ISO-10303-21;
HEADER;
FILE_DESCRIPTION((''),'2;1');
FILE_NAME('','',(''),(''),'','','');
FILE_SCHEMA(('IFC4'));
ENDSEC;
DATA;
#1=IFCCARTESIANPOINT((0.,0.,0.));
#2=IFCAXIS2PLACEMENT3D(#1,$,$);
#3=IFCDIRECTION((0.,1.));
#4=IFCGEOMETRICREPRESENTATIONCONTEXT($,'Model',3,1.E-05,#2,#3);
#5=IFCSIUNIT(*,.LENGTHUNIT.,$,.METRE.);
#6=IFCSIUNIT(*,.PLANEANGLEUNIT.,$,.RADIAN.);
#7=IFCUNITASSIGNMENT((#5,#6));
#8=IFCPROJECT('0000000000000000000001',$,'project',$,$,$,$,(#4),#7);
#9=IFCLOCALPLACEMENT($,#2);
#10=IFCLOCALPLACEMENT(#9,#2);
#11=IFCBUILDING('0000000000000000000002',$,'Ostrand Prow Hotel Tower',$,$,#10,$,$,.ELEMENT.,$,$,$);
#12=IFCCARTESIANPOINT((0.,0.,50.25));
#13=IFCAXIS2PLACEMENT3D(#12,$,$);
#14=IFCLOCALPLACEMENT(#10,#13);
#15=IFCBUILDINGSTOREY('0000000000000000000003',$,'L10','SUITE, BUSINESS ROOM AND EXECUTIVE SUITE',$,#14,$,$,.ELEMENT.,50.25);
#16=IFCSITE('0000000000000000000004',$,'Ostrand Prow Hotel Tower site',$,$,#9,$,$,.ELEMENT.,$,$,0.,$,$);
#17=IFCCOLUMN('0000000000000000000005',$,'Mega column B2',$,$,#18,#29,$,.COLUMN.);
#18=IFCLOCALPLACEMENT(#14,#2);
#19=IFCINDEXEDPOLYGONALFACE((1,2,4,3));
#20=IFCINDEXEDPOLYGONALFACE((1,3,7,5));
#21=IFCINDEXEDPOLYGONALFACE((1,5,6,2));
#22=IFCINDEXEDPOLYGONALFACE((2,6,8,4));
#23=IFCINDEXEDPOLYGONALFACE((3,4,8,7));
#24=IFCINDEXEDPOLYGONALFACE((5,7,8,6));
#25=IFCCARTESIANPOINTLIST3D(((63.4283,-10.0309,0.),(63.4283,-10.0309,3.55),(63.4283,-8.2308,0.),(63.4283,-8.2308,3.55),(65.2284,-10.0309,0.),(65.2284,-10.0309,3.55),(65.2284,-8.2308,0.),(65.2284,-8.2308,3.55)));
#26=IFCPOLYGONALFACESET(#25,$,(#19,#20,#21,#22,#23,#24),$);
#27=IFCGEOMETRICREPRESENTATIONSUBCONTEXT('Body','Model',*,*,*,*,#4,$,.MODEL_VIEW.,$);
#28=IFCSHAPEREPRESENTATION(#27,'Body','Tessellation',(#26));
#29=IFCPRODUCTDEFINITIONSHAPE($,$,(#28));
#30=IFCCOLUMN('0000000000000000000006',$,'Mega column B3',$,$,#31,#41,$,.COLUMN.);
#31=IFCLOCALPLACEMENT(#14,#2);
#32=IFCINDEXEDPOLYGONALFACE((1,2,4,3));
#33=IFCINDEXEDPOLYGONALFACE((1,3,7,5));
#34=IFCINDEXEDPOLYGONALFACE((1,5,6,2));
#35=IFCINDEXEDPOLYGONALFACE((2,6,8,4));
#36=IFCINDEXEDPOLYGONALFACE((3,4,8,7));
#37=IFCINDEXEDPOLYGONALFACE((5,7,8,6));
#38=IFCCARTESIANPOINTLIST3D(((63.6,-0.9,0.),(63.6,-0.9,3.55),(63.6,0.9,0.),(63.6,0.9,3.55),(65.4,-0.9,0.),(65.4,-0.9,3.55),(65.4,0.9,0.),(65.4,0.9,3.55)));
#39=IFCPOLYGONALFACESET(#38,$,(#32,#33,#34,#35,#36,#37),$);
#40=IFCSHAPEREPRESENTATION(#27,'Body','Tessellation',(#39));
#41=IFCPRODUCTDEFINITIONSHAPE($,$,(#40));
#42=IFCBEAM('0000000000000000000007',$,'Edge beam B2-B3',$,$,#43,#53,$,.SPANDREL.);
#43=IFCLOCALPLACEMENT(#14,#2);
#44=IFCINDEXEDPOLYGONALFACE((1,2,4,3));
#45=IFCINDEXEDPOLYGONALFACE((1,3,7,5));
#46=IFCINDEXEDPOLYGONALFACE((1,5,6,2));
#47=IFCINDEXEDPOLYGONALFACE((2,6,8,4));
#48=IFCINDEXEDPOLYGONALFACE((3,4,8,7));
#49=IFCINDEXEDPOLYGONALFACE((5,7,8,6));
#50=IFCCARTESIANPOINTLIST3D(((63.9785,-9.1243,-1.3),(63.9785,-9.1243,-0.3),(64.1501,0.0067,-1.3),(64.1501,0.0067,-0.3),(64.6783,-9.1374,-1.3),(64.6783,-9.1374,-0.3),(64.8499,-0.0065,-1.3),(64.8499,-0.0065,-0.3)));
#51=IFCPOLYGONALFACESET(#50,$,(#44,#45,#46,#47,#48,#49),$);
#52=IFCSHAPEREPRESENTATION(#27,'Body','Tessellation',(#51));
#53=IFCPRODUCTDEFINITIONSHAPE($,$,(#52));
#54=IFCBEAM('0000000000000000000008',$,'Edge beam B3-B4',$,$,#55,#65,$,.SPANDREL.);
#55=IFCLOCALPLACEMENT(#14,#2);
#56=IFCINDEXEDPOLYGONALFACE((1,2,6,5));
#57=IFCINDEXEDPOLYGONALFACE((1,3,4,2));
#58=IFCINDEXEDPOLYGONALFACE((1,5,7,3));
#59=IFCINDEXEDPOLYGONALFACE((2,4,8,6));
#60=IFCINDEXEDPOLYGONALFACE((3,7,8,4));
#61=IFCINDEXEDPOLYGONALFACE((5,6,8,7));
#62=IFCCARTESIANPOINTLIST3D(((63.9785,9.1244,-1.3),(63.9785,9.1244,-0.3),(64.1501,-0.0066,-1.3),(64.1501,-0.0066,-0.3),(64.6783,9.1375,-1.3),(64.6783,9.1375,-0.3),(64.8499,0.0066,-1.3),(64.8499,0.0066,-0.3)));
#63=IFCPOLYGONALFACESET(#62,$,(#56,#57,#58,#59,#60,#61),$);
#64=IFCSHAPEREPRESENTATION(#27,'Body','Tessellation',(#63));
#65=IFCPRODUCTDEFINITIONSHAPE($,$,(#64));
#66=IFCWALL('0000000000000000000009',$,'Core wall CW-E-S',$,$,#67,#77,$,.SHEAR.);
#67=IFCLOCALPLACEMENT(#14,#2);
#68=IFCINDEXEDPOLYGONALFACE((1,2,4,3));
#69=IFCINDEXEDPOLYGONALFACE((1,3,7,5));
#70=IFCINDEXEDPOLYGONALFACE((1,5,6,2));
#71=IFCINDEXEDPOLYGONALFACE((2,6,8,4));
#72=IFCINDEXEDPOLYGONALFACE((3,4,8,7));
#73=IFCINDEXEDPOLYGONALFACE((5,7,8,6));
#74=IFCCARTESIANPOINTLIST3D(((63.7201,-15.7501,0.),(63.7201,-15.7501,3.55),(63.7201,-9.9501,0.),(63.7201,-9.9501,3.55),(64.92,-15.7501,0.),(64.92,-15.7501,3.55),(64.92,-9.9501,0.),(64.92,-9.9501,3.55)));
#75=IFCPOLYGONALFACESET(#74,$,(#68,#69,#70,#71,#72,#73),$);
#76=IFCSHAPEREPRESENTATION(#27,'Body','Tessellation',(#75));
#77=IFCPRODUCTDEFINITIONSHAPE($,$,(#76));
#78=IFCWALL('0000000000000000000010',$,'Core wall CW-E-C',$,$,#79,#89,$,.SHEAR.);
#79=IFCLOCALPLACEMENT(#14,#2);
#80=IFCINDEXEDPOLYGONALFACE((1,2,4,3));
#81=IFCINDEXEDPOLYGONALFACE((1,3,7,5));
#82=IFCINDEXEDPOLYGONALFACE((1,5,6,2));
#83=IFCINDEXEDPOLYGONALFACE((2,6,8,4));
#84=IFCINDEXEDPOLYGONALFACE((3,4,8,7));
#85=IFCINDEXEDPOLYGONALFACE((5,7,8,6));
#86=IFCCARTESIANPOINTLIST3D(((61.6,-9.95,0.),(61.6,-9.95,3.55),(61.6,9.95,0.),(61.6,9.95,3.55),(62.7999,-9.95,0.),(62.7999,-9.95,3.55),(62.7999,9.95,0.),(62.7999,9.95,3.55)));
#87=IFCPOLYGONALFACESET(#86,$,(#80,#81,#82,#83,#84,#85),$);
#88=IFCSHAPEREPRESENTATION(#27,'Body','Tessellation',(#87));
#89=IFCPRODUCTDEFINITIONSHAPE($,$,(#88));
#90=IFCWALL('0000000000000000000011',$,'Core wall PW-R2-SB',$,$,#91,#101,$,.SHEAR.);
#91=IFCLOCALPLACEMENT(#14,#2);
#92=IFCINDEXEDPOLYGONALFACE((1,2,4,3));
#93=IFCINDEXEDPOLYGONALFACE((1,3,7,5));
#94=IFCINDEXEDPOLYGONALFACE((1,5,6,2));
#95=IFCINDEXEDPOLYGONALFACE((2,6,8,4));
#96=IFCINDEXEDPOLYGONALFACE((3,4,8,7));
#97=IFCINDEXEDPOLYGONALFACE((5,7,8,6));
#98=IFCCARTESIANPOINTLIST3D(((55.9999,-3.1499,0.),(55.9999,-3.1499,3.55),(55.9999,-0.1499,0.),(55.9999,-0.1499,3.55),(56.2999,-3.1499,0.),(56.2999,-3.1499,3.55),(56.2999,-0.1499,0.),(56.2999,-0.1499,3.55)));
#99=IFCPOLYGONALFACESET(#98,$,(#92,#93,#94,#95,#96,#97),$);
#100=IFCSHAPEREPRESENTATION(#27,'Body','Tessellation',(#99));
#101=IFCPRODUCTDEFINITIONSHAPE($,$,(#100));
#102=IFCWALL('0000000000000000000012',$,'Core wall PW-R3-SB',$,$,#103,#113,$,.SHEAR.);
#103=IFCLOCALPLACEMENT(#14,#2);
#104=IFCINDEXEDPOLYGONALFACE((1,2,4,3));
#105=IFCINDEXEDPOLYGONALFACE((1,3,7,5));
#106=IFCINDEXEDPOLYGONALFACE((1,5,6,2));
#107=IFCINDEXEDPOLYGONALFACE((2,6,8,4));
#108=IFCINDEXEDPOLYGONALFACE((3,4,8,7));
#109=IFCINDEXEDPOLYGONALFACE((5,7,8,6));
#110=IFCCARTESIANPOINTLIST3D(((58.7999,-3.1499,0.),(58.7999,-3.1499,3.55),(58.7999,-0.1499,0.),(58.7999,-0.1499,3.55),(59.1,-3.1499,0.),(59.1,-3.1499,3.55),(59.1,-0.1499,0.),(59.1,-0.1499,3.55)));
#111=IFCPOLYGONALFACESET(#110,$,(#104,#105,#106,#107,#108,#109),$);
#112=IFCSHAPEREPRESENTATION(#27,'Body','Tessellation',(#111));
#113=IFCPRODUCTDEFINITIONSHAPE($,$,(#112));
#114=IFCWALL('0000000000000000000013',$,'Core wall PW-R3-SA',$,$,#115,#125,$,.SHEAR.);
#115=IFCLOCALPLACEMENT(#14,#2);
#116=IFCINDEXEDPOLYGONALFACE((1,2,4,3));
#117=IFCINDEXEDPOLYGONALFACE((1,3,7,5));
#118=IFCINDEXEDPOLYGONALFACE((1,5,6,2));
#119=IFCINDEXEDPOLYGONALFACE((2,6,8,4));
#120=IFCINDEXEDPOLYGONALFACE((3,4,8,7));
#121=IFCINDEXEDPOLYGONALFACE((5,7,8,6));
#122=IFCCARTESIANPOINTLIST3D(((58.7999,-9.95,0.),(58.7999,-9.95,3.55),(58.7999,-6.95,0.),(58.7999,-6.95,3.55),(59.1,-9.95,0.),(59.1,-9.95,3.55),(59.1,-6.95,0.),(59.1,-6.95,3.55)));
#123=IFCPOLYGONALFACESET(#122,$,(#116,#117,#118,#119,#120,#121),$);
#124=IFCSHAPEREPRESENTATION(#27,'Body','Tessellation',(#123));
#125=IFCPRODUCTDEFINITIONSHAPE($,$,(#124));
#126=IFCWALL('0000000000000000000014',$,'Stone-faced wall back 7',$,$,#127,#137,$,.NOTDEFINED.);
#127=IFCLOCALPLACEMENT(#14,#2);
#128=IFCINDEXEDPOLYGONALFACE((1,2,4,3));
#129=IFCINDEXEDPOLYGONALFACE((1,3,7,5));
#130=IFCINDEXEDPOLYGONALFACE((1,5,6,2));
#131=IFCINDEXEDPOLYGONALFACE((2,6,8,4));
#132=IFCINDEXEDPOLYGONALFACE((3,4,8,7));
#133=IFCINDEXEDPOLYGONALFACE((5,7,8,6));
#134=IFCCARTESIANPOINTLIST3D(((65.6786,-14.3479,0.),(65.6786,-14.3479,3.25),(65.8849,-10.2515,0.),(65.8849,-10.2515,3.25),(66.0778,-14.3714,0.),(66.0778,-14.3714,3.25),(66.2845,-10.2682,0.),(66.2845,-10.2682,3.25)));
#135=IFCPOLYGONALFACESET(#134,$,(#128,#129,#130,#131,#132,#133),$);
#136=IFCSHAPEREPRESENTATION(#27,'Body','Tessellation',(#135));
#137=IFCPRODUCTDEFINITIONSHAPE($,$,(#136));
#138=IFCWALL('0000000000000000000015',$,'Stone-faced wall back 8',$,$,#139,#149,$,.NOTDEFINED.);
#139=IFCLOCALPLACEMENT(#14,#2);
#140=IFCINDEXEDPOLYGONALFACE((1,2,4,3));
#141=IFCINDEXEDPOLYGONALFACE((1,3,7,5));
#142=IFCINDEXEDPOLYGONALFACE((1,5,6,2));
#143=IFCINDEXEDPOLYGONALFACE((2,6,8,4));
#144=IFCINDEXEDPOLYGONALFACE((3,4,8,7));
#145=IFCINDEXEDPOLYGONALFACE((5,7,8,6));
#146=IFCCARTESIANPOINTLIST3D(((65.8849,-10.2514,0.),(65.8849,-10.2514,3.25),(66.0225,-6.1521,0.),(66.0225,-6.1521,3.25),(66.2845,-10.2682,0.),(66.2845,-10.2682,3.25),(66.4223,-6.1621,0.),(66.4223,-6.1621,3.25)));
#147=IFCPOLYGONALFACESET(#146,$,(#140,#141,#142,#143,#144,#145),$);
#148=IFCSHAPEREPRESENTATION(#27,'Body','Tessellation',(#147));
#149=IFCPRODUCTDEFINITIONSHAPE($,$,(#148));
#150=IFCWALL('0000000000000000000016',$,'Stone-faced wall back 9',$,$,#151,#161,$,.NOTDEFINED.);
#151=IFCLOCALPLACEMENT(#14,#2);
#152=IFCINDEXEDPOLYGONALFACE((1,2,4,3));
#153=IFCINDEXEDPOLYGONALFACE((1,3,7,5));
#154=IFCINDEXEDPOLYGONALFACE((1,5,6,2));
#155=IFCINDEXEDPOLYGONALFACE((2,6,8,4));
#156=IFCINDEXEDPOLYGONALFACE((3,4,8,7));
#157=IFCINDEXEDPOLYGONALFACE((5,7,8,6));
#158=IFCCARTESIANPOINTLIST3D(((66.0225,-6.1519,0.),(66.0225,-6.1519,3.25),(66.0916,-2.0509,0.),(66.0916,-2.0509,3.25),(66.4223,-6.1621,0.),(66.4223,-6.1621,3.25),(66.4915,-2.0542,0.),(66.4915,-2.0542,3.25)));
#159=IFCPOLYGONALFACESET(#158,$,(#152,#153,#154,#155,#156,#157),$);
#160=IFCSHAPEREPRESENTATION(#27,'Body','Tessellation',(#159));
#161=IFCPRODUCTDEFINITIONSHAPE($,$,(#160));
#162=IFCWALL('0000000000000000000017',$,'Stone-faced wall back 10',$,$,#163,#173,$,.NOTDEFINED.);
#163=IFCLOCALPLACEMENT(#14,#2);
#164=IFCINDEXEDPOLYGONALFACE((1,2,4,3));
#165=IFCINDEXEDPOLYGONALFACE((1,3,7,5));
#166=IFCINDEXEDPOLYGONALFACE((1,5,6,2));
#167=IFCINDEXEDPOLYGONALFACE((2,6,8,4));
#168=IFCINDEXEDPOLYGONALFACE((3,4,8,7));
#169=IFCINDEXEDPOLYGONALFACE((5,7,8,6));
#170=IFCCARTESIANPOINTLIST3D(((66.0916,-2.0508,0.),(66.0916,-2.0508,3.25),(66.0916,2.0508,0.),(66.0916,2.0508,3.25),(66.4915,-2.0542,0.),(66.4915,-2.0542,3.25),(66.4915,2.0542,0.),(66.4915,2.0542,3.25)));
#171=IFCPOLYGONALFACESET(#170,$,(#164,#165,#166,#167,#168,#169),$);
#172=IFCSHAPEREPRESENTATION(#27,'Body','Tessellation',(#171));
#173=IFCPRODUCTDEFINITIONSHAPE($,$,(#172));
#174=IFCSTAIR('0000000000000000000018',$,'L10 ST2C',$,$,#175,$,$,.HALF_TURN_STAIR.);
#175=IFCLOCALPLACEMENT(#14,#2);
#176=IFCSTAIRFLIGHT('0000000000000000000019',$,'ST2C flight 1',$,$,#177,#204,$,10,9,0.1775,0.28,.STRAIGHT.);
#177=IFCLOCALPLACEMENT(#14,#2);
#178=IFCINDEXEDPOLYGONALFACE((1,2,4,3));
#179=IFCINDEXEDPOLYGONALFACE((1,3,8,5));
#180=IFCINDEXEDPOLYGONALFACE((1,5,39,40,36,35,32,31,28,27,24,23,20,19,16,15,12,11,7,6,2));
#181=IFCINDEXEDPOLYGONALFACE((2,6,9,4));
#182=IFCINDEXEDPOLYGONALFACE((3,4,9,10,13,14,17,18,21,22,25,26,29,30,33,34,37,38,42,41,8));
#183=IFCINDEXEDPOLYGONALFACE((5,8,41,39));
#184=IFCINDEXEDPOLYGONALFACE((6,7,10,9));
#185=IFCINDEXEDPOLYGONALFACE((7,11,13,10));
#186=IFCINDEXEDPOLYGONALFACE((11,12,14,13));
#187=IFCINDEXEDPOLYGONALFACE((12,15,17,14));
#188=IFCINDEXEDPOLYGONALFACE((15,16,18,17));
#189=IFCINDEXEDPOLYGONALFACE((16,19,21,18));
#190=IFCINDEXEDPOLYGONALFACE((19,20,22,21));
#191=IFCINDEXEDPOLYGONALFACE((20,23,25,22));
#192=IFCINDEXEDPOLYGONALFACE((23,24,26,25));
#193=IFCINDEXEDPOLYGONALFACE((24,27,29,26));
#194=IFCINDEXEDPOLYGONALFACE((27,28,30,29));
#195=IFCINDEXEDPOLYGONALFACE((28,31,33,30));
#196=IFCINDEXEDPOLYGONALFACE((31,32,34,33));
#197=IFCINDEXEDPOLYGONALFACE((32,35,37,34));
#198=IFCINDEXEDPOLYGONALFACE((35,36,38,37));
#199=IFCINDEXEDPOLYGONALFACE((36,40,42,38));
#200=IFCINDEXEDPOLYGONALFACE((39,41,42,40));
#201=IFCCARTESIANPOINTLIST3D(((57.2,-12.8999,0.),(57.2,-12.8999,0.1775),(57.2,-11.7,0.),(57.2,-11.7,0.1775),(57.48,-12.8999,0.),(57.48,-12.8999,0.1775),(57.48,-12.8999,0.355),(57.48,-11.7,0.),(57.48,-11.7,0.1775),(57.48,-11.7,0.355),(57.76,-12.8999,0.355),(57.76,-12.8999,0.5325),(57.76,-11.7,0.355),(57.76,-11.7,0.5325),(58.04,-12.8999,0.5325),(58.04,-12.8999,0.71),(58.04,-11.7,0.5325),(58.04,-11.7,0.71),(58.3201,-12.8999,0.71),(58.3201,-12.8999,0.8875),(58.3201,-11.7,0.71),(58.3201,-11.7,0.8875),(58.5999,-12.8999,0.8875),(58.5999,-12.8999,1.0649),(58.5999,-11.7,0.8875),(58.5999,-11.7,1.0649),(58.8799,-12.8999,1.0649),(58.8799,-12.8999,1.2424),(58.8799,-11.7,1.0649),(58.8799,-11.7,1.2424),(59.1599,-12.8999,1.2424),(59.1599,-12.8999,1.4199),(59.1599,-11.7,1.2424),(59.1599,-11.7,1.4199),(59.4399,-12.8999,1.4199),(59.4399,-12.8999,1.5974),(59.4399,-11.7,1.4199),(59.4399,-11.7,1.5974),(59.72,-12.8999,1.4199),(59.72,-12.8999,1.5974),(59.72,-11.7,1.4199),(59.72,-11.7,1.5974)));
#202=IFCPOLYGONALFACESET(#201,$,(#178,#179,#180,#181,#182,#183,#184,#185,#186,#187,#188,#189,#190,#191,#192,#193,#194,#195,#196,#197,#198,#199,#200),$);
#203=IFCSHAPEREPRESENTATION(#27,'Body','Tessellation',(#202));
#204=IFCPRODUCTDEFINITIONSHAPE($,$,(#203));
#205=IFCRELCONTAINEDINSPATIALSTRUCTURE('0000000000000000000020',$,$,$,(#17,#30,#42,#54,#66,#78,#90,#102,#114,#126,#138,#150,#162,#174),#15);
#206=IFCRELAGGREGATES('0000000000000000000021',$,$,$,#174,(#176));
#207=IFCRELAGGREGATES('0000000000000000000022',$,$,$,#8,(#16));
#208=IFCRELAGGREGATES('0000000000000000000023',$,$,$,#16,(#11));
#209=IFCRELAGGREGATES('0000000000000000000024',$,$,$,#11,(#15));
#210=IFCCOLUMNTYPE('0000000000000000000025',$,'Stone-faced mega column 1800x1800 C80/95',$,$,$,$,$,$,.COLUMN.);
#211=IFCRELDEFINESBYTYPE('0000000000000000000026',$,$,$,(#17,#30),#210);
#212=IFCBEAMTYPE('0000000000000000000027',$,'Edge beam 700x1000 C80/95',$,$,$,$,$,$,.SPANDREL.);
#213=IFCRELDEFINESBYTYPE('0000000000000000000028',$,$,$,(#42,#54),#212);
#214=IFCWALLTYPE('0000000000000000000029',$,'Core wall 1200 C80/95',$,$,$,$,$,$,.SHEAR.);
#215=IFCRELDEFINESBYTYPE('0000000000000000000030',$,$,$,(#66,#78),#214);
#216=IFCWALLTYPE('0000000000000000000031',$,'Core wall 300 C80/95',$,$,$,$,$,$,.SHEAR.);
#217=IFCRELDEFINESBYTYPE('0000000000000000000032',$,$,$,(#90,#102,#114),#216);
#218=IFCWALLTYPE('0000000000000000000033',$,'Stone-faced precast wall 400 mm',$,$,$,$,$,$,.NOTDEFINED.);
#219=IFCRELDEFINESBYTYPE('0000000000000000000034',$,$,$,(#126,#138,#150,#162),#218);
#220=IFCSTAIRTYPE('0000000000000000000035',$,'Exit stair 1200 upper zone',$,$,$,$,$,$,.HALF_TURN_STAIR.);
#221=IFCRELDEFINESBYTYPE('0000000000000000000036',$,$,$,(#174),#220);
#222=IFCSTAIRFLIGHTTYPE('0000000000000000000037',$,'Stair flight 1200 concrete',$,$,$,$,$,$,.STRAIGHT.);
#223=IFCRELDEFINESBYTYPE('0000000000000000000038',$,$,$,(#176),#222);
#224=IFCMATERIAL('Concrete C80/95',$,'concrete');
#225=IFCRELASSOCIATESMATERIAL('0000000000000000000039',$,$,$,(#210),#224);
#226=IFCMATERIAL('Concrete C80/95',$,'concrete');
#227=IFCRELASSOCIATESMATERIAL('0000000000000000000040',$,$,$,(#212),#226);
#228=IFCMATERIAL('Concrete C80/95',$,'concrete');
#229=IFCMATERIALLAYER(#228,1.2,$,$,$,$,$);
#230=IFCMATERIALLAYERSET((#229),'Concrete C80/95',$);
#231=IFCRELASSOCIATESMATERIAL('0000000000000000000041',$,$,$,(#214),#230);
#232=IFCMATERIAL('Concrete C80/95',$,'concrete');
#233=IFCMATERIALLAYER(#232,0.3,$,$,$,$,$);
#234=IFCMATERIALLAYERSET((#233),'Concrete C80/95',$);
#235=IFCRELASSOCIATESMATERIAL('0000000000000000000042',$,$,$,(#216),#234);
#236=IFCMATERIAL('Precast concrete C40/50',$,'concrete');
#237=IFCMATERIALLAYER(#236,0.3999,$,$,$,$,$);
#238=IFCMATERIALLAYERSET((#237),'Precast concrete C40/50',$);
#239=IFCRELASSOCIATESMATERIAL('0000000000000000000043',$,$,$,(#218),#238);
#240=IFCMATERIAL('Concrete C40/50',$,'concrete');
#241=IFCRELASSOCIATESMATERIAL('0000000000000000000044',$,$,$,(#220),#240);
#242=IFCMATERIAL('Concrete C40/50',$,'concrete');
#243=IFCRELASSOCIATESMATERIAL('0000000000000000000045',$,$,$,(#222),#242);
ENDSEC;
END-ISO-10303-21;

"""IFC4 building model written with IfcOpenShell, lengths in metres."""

from ifc_helpers import new_model, si_unit, direction, frame, frame_2d, origin, origin_2d, place, context, subcontext, project, spatial, polyline, rectangle, outline, extrude, material, layer, layer_set, material_profile, profile_set, type_object, element, aggregate, save


model = new_model("IFC4")

# Units and contexts
model_context = context("Model", 3, precision=1e-05, world=origin(), true_north=direction((0.0, 1.0)))
body_context = subcontext(model_context, "Body", "Model", "MODEL_VIEW")
ifc_project = project(units=[si_unit("LENGTHUNIT", "METRE"), si_unit("PLANEANGLEUNIT", "RADIAN")], contexts=[model_context])

# Site, building, storey
site_placement = place(None, origin())
site = spatial("IfcSite", under=ifc_project, at=site_placement, Name="Ostrand Prow Hotel Tower site", CompositionType="ELEMENT", RefElevation=0.0)
building_placement = place(site_placement, origin())
building = spatial("IfcBuilding", under=site, at=building_placement, Name="Ostrand Prow Hotel Tower", CompositionType="ELEMENT")
storey_placement = place(building_placement, frame((0.0, 0.0, 50.25)))
storey = spatial("IfcBuildingStorey", under=building, at=storey_placement, Name="L10", Description="SUITE, BUSINESS ROOM AND EXECUTIVE SUITE", CompositionType="ELEMENT", Elevation=50.25)

# Columns
ifc_material_1 = material(Name="Concrete C80/95", Category="concrete")
ifc_material_profile_1 = material_profile(ifc_material_1, rectangle(XDim=1.8, YDim=1.8, at=origin_2d()), Name="RC 1800x1800")
ifc_profile_set_1 = profile_set([ifc_material_profile_1], Name="Concrete C80/95")
column_type = type_object("IfcColumnType", Name="Stone-faced mega column 1800x1800 C80/95", PredefinedType="COLUMN", material=ifc_profile_set_1)
for number, where, z_axis, x_axis, name in (
    (1, (64.3284, -9.1309, 0.0), (0.0, 0.0, 1.0), (1.0, 0.0, 0.0), "Mega column B2"),
    (2, (64.5, 0.0, 0.0), (0.0, 0.0, 1.0), (1.0, 0.0, 0.0), "Mega column B3"),
):
    element("IfcColumn", number, at=place(storey_placement, frame(where, z_axis=z_axis, x_axis=x_axis)), inside=storey, type_object=column_type, Name=name, PredefinedType="COLUMN", context=body_context, shape_type="SweptSolid", body=[
        extrude(rectangle(XDim=1.8, YDim=1.8, at=origin_2d()), origin(), (0.0, 0.0, 1.0), 3.55),
    ])

# Beams
ifc_material_2 = material(Name="Concrete C80/95", Category="concrete")
ifc_material_profile_2 = material_profile(ifc_material_2, rectangle(XDim=0.7, YDim=1.0, at=origin_2d()), Name="RC 700x1000")
ifc_profile_set_2 = profile_set([ifc_material_profile_2], Name="Concrete C80/95")
beam_type = type_object("IfcBeamType", Name="Edge beam 700x1000 C80/95", PredefinedType="SPANDREL", material=ifc_profile_set_2)
for number, where, z_axis, x_axis, name in (
    (3, (64.3284, -9.1309, -0.8), (0.018793, 0.999823, 0.0), (-0.999823, 0.018793, 0.0), "Edge beam B2-B3"),
    (4, (64.5, 0.0, -0.8), (-0.018793, 0.999823, 0.0), (-0.999823, -0.018793, 0.0), "Edge beam B3-B4"),
):
    element("IfcBeam", number, at=place(storey_placement, frame(where, z_axis=z_axis, x_axis=x_axis)), inside=storey, type_object=beam_type, Name=name, PredefinedType="SPANDREL", context=body_context, shape_type="SweptSolid", body=[
        extrude(rectangle(XDim=0.7, YDim=1.0, at=origin_2d()), origin(), (0.0, 0.0, 1.0), 9.1326),
    ])

# Walls
ifc_material_3 = material(Name="Concrete C80/95", Category="concrete")
ifc_layer_1 = layer(ifc_material_3, 1.2)
ifc_layer_set_1 = layer_set([ifc_layer_1], Name="Concrete C80/95")
wall_type_1 = type_object("IfcWallType", Name="Core wall 1200 C80/95", PredefinedType="SHEAR", material=ifc_layer_set_1)
wall_1_placement = place(storey_placement, frame((64.3201, -15.75, 0.0), z_axis=(0.0, 0.0, 1.0), x_axis=(0.0, 1.0, 0.0)))
element("IfcWall", 5, at=wall_1_placement, inside=storey, type_object=wall_type_1, Name="Core wall CW-E-S", PredefinedType="SHEAR", context=body_context, shape_type="SweptSolid", body=[
    extrude(rectangle(XDim=5.8, YDim=1.2, at=frame_2d((2.8999, 0.0))), origin(), (0.0, 0.0, 1.0), 3.55),
])
wall_2_placement = place(storey_placement, frame((62.2, -9.95, 0.0), z_axis=(0.0, 0.0, 1.0), x_axis=(0.0, 1.0, 0.0)))
element("IfcWall", 6, at=wall_2_placement, inside=storey, type_object=wall_type_1, Name="Core wall CW-E-C", PredefinedType="SHEAR", context=body_context, shape_type="SweptSolid", body=[
    extrude(rectangle(XDim=19.8999, YDim=1.2, at=frame_2d((9.95, 0.0))), origin(), (0.0, 0.0, 1.0), 3.55),
])
ifc_material_4 = material(Name="Concrete C80/95", Category="concrete")
ifc_layer_2 = layer(ifc_material_4, 0.3)
ifc_layer_set_2 = layer_set([ifc_layer_2], Name="Concrete C80/95")
wall_type_2 = type_object("IfcWallType", Name="Core wall 300 C80/95", PredefinedType="SHEAR", material=ifc_layer_set_2)
for number, where, z_axis, x_axis, name in (
    (7, (56.1499, -3.1499, 0.0), (0.0, 0.0, 1.0), (0.0, 1.0, 0.0), "Core wall PW-R2-SB"),
    (8, (58.95, -3.1499, 0.0), (0.0, 0.0, 1.0), (0.0, 1.0, 0.0), "Core wall PW-R3-SB"),
    (9, (58.95, -9.95, 0.0), (0.0, 0.0, 1.0), (0.0, 1.0, 0.0), "Core wall PW-R3-SA"),
):
    element("IfcWall", number, at=place(storey_placement, frame(where, z_axis=z_axis, x_axis=x_axis)), inside=storey, type_object=wall_type_2, Name=name, PredefinedType="SHEAR", context=body_context, shape_type="SweptSolid", body=[
        extrude(rectangle(XDim=3.0, YDim=0.3, at=frame_2d((1.5, 0.0))), origin(), (0.0, 0.0, 1.0), 3.55),
    ])
ifc_material_5 = material(Name="Precast concrete C40/50", Category="concrete")
ifc_layer_3 = layer(ifc_material_5, 0.3999)
ifc_layer_set_3 = layer_set([ifc_layer_3], Name="Precast concrete C40/50")
wall_type_3 = type_object("IfcWallType", Name="Stone-faced precast wall 400 mm", PredefinedType="NOTDEFINED", material=ifc_layer_set_3)
for number, where, z_axis, x_axis, name in (
    (10, (65.8782, -14.3596, 0.0), (0.0, 0.0, 1.0), (0.050314, 0.998733, 0.0), "Stone-faced wall back 7"),
    (11, (66.0847, -10.2598, 0.0), (0.0, 0.0, 1.0), (0.033543, 0.999437, 0.0), "Stone-faced wall back 8"),
    (12, (66.2224, -6.157, 0.0), (0.0, 0.0, 1.0), (0.016831, 0.999858, 0.0), "Stone-faced wall back 9"),
    (13, (66.2915, -2.0525, 0.0), (0.0, 0.0, 1.0), (0.0, 1.0, 0.0), "Stone-faced wall back 10"),
):
    element("IfcWall", number, at=place(storey_placement, frame(where, z_axis=z_axis, x_axis=x_axis)), inside=storey, type_object=wall_type_3, Name=name, PredefinedType="NOTDEFINED", context=body_context, shape_type="SweptSolid", body=[
        extrude(outline(polyline([(-0.0017, -0.2), (4.1067, -0.2), (4.1033, 0.2), (0.0017, 0.2), (-0.0017, -0.2)])), origin(), (0.0, 0.0, 1.0), 3.25),
    ])

# Stair, stair flight
ifc_material_6 = material(Name="Concrete C40/50", Category="concrete")
stair_type = type_object("IfcStairType", Name="Exit stair 1200 upper zone", PredefinedType="HALF_TURN_STAIR", material=ifc_material_6)
stair_placement = place(storey_placement, origin())
stair = element("IfcStair", 14, at=stair_placement, inside=storey, type_object=stair_type, Name="L10 ST2C", PredefinedType="HALF_TURN_STAIR")
ifc_material_7 = material(Name="Concrete C40/50", Category="concrete")
stair_flight_type = type_object("IfcStairFlightType", Name="Stair flight 1200 concrete", PredefinedType="STRAIGHT", material=ifc_material_7)
stair_flight_1_placement = place(storey_placement, frame((57.2, -12.3, 0.0), z_axis=(0.0, 0.0, 1.0), x_axis=(1.0, 0.0, 0.0)))
stair_flight_1 = element("IfcStairFlight", 15, at=stair_flight_1_placement, type_object=stair_flight_type, Name="ST2C flight 1", NumberOfRisers=10, NumberOfTreads=9, PredefinedType="STRAIGHT", RiserHeight=0.1775, TreadLength=0.28, context=body_context, shape_type="SweptSolid", body=[
    extrude(outline(polyline([(0.0, 0.0), (0.0, 0.1775), (0.28, 0.1775), (0.28, 0.355), (0.5601, 0.355), (0.5601, 0.5325), (0.8401, 0.5325), (0.8401, 0.71), (1.1201, 0.71), (1.1201, 0.8875), (1.3999, 0.8875), (1.3999, 1.0649), (1.6799, 1.0649), (1.6799, 1.2424), (1.96, 1.2424), (1.96, 1.4199), (2.24, 1.4199), (2.24, 1.5974), (2.52, 1.5974), (2.52, 1.7749), (2.52, 1.4199), (0.28, 0.0), (0.0, 0.0)])), frame((0.0, 0.6001, 0.0), z_axis=(0.0, -1.0, 0.0), x_axis=(1.0, 0.0, 0.0)), (0.0, 0.0, 1.0), 1.2),
])
aggregate(stair, [stair_flight_1])

save(model, "model.ifc")
